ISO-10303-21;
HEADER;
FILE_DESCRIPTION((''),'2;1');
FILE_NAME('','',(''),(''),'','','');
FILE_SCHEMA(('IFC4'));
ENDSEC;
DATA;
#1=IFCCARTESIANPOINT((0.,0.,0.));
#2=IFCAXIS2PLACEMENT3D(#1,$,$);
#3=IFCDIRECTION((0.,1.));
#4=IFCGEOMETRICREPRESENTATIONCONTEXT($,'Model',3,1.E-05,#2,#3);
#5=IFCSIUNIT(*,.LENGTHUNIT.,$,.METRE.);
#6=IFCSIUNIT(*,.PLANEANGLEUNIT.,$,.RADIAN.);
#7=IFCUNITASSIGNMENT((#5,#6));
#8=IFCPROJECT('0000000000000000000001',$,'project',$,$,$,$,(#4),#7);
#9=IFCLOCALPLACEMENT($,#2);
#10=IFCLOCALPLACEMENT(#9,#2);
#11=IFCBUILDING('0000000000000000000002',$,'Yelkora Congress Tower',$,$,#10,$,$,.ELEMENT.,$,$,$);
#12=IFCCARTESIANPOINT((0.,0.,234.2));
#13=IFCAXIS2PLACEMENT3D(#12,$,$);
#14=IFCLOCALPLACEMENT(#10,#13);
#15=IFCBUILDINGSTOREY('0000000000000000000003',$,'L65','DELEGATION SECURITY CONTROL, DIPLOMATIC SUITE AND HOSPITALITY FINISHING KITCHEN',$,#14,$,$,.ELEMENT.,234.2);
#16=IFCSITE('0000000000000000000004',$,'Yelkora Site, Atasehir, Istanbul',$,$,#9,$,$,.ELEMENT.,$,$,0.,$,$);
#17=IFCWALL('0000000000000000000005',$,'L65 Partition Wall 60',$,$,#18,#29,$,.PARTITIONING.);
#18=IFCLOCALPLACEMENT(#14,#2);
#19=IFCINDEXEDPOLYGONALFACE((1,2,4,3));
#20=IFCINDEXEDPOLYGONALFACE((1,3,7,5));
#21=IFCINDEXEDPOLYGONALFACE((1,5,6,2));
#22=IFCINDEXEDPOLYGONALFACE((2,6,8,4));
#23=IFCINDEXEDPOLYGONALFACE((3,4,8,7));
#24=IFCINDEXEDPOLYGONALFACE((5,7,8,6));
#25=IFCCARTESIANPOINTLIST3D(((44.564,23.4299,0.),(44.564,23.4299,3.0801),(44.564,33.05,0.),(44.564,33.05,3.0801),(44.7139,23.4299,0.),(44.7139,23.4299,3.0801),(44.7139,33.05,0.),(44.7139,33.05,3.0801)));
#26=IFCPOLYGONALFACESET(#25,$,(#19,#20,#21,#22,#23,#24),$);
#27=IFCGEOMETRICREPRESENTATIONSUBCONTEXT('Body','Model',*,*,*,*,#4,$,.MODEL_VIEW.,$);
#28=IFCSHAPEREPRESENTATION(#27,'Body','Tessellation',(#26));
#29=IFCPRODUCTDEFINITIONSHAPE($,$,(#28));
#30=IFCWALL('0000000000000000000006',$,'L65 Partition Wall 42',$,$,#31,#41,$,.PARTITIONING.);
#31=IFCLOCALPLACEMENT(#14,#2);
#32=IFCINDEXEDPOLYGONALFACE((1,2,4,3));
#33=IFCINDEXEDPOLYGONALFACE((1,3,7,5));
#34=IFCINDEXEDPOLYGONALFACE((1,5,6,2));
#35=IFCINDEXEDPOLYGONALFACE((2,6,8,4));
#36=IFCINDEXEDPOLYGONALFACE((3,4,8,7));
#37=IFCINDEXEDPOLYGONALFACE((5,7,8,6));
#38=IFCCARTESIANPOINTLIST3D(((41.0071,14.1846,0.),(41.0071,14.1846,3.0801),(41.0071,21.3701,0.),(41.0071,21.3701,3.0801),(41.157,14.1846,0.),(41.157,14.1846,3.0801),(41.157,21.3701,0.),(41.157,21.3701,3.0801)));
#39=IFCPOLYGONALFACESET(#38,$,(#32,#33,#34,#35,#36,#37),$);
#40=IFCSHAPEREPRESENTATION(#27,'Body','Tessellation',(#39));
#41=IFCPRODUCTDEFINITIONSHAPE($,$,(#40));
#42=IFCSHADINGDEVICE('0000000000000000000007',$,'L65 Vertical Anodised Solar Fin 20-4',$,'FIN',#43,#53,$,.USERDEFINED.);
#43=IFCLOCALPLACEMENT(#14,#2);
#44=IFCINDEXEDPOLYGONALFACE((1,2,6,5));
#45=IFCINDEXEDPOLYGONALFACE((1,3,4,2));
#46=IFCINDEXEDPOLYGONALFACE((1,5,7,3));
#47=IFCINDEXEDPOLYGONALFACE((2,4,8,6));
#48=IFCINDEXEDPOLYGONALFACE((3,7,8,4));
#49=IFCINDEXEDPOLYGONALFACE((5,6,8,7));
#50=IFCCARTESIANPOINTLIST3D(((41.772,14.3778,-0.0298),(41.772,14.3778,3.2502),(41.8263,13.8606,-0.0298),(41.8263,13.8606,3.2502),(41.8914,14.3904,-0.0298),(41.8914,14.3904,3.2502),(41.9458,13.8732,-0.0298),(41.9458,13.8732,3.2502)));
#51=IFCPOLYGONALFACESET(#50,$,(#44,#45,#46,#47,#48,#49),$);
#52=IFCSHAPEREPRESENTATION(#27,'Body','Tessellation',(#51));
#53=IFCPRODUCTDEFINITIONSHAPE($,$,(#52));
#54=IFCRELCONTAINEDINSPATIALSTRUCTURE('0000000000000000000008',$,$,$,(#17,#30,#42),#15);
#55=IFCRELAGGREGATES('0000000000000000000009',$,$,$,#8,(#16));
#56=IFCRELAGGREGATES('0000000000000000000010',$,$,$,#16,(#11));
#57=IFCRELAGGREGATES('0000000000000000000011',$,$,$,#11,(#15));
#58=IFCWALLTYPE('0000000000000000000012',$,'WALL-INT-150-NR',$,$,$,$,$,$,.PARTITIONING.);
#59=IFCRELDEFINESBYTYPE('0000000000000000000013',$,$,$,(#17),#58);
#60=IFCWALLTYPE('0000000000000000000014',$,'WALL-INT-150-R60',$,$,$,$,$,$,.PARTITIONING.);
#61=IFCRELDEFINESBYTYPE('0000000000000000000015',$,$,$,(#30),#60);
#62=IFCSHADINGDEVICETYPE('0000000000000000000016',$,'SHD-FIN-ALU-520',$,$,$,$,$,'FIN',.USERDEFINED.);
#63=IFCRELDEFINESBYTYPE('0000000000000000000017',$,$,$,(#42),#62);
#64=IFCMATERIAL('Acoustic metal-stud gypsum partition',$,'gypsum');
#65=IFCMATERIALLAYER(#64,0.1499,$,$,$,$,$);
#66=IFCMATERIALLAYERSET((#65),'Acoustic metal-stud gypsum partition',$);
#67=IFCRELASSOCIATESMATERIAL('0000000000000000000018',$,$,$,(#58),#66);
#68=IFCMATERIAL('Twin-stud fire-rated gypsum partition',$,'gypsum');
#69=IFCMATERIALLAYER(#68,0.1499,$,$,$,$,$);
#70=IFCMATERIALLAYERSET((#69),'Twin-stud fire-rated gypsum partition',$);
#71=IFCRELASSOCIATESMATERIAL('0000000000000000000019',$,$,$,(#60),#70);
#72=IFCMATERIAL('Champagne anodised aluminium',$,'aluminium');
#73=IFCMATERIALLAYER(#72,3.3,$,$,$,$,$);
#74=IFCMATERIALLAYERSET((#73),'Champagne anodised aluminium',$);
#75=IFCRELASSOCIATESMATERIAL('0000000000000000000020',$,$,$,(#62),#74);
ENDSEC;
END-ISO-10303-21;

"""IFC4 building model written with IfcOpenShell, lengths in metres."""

from ifc_helpers import new_model, si_unit, direction, frame, frame_2d, origin, origin_2d, place, context, subcontext, project, spatial, rectangle, extrude, material, layer, layer_set, type_object, element, save


model = new_model("IFC4")

# Units and contexts
model_context = context("Model", 3, precision=1e-05, world=origin(), true_north=direction((0.0, 1.0)))
body_context = subcontext(model_context, "Body", "Model", "MODEL_VIEW")
ifc_project = project(units=[si_unit("LENGTHUNIT", "METRE"), si_unit("PLANEANGLEUNIT", "RADIAN")], contexts=[model_context])

# Site, building, storey
site_placement = place(None, origin())
site = spatial("IfcSite", under=ifc_project, at=site_placement, Name="Yelkora Site, Atasehir, Istanbul", CompositionType="ELEMENT", RefElevation=0.0)
building_placement = place(site_placement, origin())
building = spatial("IfcBuilding", under=site, at=building_placement, Name="Yelkora Congress Tower", CompositionType="ELEMENT")
storey_placement = place(building_placement, frame((0.0, 0.0, 234.2)))
storey = spatial("IfcBuildingStorey", under=building, at=storey_placement, Name="L65", Description="DELEGATION SECURITY CONTROL, DIPLOMATIC SUITE AND HOSPITALITY FINISHING KITCHEN", CompositionType="ELEMENT", Elevation=234.2)

# Walls
ifc_material_1 = material(Name="Acoustic metal-stud gypsum partition", Category="gypsum")
ifc_layer_1 = layer(ifc_material_1, 0.1499)
ifc_layer_set_1 = layer_set([ifc_layer_1], Name="Acoustic metal-stud gypsum partition")
wall_type_1 = type_object("IfcWallType", Name="WALL-INT-150-NR", PredefinedType="PARTITIONING", material=ifc_layer_set_1)
for number, where, z_axis, x_axis, name in (
    (1, (44.6389, 23.4299, 0.0), (0.0, 0.0, 1.0), (0.0, 1.0, 0.0), "L65 Partition Wall 60"),
):
    element("IfcWall", number, at=place(storey_placement, frame(where, z_axis=z_axis, x_axis=x_axis)), inside=storey, type_object=wall_type_1, Name=name, PredefinedType="PARTITIONING", context=body_context, shape_type="SweptSolid", body=[
        extrude(rectangle(XDim=9.6201, YDim=0.1499, at=frame_2d((4.8101, 0.0))), origin(), (0.0, 0.0, 1.0), 3.0801),
    ])
ifc_material_2 = material(Name="Twin-stud fire-rated gypsum partition", Category="gypsum")
ifc_layer_2 = layer(ifc_material_2, 0.1499)
ifc_layer_set_2 = layer_set([ifc_layer_2], Name="Twin-stud fire-rated gypsum partition")
wall_type_2 = type_object("IfcWallType", Name="WALL-INT-150-R60", PredefinedType="PARTITIONING", material=ifc_layer_set_2)
wall_1_placement = place(storey_placement, frame((41.082, 14.1846, 0.0), z_axis=(0.0, 0.0, 1.0), x_axis=(0.0, 1.0, 0.0)))
element("IfcWall", 2, at=wall_1_placement, inside=storey, type_object=wall_type_2, Name="L65 Partition Wall 42", PredefinedType="PARTITIONING", context=body_context, shape_type="SweptSolid", body=[
    extrude(rectangle(XDim=7.1855, YDim=0.1499, at=frame_2d((3.5928, 0.0))), origin(), (0.0, 0.0, 1.0), 3.0801),
])

# Shading device
ifc_material_3 = material(Name="Champagne anodised aluminium", Category="aluminium")
ifc_layer_3 = layer(ifc_material_3, 3.3)
ifc_layer_set_3 = layer_set([ifc_layer_3], Name="Champagne anodised aluminium")
shading_device_type = type_object("IfcShadingDeviceType", Name="SHD-FIN-ALU-520", ElementType="FIN", PredefinedType="USERDEFINED", material=ifc_layer_set_3)
shading_device_placement = place(storey_placement, frame((41.8589, 14.1255, -0.0298), z_axis=(0.0, 0.0, 1.0), x_axis=(-0.994522, -0.104528, 0.0)))
element("IfcShadingDevice", 3, at=shading_device_placement, inside=storey, type_object=shading_device_type, Name="L65 Vertical Anodised Solar Fin 20-4", ObjectType="FIN", PredefinedType="USERDEFINED", context=body_context, shape_type="SweptSolid", body=[
    extrude(rectangle(XDim=0.1201, YDim=0.52, at=origin_2d()), origin(), (0.0, 0.0, 1.0), 3.28),
])

save(model, "model.ifc")
